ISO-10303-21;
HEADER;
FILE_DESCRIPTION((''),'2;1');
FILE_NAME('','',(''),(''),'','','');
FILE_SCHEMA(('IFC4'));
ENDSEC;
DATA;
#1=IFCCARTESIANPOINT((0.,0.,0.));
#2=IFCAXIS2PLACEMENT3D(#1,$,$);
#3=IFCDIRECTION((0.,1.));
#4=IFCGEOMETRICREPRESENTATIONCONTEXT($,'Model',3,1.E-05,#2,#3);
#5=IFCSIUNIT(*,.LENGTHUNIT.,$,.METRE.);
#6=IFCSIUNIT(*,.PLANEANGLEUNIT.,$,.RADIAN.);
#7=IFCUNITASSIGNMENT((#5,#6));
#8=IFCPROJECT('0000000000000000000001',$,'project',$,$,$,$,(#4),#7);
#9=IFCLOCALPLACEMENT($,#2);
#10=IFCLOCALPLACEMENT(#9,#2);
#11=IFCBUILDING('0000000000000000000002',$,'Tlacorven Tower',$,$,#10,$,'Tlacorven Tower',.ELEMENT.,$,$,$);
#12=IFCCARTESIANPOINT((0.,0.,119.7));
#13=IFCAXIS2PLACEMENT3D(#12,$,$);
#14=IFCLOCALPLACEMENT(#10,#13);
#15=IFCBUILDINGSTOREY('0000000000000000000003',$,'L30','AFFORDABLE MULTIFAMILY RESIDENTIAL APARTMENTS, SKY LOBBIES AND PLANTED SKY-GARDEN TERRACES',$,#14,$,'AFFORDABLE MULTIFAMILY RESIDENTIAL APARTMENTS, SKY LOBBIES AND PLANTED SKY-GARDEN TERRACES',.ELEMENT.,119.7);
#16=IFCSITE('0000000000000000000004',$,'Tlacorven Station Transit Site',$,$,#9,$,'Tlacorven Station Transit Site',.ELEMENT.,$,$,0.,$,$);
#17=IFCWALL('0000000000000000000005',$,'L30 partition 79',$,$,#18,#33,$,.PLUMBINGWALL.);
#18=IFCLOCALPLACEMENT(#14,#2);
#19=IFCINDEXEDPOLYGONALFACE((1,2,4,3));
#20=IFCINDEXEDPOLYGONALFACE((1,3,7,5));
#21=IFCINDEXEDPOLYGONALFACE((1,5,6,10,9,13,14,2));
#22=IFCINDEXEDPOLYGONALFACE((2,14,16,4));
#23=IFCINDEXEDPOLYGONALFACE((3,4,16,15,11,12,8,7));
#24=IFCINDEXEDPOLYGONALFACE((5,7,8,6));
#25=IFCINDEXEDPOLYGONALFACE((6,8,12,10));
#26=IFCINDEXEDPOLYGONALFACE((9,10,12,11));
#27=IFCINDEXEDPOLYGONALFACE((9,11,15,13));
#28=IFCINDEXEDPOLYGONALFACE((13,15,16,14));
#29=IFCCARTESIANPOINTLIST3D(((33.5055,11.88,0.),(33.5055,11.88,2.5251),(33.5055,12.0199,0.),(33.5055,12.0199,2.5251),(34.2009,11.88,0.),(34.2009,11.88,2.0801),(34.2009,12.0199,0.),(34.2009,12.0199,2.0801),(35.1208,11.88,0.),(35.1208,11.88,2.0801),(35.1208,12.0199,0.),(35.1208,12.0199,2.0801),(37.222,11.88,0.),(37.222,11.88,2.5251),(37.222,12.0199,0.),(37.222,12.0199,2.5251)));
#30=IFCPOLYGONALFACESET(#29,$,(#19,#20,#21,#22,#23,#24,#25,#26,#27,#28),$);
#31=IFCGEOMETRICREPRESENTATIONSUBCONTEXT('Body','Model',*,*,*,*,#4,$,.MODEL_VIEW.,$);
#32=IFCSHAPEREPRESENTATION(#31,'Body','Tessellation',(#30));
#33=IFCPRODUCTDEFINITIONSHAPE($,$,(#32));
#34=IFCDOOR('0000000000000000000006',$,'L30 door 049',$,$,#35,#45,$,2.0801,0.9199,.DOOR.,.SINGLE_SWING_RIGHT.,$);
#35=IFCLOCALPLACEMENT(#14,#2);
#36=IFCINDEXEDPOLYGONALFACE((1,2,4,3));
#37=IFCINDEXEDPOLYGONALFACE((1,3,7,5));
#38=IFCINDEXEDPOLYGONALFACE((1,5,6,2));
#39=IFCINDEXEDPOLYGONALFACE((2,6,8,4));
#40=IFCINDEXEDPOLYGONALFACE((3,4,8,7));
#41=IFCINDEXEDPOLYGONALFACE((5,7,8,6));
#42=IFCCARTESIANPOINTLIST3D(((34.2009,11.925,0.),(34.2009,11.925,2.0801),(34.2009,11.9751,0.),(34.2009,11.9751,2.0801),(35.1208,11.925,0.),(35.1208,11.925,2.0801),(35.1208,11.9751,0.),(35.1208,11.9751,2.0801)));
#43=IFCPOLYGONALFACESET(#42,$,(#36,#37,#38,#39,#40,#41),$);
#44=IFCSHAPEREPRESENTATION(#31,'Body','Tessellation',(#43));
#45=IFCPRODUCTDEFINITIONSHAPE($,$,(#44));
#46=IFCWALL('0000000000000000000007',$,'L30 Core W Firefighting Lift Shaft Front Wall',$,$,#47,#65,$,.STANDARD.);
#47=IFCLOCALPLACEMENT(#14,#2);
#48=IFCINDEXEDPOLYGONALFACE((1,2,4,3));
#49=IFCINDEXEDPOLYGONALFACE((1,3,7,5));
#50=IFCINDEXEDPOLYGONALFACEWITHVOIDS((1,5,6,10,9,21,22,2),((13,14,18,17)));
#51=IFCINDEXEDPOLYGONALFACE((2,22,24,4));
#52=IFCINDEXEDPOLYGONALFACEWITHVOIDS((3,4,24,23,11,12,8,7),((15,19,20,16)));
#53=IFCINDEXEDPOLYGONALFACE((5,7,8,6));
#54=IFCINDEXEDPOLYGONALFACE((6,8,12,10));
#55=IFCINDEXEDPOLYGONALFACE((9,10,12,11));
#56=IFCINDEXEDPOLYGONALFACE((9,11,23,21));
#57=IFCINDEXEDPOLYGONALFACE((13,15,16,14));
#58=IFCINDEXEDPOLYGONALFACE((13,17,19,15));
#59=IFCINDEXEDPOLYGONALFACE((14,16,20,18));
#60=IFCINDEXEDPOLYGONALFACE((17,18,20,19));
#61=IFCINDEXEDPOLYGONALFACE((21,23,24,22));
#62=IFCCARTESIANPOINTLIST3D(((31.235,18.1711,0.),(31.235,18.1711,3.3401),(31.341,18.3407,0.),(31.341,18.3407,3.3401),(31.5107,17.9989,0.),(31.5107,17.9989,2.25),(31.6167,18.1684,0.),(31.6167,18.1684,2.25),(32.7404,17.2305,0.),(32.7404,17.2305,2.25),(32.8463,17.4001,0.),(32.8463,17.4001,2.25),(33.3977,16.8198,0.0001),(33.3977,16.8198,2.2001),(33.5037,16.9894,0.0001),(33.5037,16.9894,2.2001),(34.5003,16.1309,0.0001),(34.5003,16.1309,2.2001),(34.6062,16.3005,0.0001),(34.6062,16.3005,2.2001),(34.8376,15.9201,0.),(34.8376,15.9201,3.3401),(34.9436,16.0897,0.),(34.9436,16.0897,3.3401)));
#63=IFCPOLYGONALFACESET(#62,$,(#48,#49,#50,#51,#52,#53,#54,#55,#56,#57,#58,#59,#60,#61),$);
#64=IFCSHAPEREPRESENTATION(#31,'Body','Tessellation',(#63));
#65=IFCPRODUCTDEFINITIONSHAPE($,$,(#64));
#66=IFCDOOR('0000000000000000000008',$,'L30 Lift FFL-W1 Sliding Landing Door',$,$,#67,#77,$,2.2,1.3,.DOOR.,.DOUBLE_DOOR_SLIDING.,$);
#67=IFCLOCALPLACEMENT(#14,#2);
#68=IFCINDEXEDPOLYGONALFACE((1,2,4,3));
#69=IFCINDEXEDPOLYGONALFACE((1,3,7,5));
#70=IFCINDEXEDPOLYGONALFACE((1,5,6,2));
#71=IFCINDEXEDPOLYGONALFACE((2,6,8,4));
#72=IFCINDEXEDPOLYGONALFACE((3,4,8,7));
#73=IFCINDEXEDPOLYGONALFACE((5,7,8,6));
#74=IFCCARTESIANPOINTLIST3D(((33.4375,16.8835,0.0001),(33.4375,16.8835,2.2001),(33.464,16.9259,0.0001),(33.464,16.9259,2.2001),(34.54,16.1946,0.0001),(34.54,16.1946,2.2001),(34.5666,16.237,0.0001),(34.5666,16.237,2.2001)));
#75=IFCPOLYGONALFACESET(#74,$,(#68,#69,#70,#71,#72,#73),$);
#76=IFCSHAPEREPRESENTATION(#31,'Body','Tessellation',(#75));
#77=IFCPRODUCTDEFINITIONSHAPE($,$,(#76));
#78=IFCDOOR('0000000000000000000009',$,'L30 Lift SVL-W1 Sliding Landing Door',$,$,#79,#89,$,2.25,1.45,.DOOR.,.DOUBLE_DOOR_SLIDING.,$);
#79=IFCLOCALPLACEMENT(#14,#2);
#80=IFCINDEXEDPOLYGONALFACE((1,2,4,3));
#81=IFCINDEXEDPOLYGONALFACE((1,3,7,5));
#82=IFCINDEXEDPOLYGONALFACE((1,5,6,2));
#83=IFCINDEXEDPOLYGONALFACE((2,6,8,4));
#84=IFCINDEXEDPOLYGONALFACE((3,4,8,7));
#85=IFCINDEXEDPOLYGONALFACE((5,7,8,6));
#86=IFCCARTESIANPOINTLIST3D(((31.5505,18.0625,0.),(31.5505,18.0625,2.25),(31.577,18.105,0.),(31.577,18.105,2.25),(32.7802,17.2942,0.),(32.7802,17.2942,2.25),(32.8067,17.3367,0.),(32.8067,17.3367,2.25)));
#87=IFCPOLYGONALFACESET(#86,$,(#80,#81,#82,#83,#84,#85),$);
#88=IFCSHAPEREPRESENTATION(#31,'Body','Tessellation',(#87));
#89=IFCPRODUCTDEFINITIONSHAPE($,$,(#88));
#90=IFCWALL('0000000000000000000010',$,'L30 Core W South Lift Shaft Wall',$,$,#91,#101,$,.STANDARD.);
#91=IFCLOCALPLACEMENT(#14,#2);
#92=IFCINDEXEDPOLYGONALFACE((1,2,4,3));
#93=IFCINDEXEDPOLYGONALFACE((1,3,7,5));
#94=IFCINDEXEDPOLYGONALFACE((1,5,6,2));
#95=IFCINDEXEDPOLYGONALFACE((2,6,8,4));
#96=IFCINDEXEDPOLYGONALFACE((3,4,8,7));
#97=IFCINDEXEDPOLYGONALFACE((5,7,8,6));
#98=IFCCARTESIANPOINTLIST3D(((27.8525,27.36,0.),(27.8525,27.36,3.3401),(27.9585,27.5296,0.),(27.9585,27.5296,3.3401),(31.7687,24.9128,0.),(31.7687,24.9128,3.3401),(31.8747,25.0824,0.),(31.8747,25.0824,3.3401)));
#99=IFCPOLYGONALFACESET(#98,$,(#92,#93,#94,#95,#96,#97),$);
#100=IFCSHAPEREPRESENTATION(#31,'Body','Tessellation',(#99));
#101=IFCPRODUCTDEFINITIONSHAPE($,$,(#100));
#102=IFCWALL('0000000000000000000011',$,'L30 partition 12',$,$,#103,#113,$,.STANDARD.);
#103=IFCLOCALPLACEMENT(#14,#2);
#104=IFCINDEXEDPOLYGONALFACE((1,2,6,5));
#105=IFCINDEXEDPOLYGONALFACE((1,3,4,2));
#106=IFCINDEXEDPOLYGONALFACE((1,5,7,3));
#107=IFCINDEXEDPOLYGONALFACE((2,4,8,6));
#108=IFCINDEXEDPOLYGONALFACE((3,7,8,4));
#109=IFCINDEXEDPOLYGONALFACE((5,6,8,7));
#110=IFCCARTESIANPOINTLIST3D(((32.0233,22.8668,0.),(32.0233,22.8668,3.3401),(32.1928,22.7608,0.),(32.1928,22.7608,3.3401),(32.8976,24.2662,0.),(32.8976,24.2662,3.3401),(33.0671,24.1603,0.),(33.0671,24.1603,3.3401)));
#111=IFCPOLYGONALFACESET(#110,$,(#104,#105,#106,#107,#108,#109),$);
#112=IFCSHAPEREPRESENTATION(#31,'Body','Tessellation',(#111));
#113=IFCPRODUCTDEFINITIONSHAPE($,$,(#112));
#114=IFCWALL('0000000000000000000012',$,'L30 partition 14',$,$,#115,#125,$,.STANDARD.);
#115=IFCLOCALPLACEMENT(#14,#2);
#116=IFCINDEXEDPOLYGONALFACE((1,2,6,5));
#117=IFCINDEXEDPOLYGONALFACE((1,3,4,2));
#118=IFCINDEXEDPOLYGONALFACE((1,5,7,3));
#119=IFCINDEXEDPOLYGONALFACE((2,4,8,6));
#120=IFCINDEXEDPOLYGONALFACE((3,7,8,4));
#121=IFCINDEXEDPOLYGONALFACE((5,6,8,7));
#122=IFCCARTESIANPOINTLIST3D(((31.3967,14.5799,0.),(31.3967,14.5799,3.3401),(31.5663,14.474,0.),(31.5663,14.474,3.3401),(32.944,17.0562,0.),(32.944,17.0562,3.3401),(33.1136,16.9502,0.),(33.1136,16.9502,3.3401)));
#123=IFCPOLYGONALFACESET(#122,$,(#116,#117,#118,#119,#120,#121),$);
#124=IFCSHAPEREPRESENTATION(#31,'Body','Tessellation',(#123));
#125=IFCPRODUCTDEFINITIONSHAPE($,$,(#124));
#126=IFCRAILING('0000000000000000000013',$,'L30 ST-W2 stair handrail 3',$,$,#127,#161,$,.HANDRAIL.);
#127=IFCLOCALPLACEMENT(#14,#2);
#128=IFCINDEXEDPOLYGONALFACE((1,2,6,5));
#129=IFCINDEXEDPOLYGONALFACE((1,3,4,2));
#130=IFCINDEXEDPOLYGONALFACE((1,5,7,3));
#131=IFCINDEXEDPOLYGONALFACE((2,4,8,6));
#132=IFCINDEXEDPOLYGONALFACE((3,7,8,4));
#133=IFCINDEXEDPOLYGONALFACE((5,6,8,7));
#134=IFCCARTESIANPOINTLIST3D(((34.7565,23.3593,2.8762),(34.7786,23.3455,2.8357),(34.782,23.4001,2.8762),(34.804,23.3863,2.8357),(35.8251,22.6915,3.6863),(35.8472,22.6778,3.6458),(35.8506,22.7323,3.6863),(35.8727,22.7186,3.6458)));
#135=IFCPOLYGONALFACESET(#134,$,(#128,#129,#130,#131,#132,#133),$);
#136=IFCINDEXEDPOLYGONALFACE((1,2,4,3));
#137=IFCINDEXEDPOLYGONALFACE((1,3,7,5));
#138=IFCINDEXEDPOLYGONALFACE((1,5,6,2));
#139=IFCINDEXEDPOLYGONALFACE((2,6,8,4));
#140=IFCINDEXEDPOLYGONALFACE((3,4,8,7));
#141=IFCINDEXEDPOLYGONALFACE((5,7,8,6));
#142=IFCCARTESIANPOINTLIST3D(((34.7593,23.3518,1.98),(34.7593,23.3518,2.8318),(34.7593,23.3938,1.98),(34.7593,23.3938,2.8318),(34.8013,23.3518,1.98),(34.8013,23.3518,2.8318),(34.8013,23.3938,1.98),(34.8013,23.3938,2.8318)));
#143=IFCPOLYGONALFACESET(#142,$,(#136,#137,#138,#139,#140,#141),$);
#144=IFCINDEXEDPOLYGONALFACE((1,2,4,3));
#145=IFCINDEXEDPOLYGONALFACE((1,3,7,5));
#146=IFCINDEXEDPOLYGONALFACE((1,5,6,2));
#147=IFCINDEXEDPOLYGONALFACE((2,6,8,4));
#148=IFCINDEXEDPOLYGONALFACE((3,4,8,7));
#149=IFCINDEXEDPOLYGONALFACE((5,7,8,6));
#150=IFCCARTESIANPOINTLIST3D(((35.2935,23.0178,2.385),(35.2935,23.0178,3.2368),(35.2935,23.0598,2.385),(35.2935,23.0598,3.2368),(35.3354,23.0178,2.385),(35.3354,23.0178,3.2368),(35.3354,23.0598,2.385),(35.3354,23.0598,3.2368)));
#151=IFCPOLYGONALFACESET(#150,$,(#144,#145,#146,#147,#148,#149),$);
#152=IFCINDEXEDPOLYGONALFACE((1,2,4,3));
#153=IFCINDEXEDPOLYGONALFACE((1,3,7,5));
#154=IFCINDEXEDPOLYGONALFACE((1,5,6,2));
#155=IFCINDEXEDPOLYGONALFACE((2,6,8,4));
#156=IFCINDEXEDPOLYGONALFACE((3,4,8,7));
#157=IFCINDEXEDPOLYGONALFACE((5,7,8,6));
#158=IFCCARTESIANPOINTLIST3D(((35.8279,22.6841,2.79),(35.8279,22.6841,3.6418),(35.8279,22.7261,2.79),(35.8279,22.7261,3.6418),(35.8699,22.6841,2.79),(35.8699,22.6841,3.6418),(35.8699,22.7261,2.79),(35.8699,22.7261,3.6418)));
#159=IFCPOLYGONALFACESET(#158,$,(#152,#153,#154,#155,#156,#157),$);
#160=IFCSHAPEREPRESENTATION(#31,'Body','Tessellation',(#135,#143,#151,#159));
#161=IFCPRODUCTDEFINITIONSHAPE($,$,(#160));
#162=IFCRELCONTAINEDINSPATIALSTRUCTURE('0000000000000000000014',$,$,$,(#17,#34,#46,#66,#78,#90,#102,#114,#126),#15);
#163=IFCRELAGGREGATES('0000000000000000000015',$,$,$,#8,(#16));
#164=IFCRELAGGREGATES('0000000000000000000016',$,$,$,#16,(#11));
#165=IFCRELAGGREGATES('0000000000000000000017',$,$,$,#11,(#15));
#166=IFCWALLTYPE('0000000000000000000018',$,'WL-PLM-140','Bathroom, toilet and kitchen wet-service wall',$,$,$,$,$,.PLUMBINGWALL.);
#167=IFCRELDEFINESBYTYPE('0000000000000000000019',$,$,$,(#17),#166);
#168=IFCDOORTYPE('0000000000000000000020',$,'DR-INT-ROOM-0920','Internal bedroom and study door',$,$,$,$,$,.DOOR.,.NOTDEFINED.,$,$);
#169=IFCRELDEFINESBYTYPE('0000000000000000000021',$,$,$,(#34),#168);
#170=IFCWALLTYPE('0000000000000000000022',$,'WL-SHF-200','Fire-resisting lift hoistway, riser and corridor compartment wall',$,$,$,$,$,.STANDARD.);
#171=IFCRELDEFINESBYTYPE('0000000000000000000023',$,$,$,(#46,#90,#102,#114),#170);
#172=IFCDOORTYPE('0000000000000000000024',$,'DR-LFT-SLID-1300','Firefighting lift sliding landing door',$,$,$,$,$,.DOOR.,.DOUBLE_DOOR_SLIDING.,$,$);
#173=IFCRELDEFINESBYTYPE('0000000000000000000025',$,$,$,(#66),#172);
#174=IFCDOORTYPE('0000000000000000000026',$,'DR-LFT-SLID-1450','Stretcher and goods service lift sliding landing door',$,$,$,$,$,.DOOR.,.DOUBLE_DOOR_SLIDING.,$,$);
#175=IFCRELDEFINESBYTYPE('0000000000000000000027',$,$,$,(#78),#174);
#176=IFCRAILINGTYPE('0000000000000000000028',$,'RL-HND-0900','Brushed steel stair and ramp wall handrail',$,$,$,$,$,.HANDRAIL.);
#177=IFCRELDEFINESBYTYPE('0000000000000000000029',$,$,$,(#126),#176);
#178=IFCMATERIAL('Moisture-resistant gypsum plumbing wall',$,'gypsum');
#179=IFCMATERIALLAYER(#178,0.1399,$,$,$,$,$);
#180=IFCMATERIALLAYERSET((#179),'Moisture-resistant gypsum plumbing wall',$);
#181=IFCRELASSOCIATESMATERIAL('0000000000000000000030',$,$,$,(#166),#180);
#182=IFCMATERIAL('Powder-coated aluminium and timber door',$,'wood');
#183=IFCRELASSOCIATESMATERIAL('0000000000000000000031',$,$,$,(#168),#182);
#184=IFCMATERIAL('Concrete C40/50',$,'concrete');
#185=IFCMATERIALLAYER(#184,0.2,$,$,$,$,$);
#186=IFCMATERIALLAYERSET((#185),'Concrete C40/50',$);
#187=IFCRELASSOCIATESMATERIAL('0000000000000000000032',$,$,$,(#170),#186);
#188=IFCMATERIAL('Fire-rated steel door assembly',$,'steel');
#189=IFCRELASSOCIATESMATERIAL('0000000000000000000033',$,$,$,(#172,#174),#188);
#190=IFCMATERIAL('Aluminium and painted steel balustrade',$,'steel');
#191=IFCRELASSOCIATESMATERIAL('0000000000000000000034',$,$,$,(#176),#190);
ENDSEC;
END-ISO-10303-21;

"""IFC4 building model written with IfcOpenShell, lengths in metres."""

from ifc_helpers import new_model, si_unit, direction, frame, frame_2d, origin, origin_2d, place, context, subcontext, project, spatial, rectangle, extrude, source, transform, mapped, material, layer, layer_set, type_object, element, fill, save


model = new_model("IFC4")

# Units and contexts
model_context = context("Model", 3, precision=1e-05, world=origin(), true_north=direction((0.0, 1.0)))
body_context = subcontext(model_context, "Body", "Model", "MODEL_VIEW")
ifc_project = project(units=[si_unit("LENGTHUNIT", "METRE"), si_unit("PLANEANGLEUNIT", "RADIAN")], contexts=[model_context])

# Site, building, storey
site_placement = place(None, origin())
site = spatial("IfcSite", under=ifc_project, at=site_placement, Name="Tlacorven Station Transit Site", LongName="Tlacorven Station Transit Site", CompositionType="ELEMENT", RefElevation=0.0)
building_placement = place(site_placement, origin())
building = spatial("IfcBuilding", under=site, at=building_placement, Name="Tlacorven Tower", LongName="Tlacorven Tower", CompositionType="ELEMENT")
storey_placement = place(building_placement, frame((0.0, 0.0, 119.7)))
storey = spatial("IfcBuildingStorey", under=building, at=storey_placement, Name="L30", Description="AFFORDABLE MULTIFAMILY RESIDENTIAL APARTMENTS, SKY LOBBIES AND PLANTED SKY-GARDEN TERRACES", LongName="AFFORDABLE MULTIFAMILY RESIDENTIAL APARTMENTS, SKY LOBBIES AND PLANTED SKY-GARDEN TERRACES", CompositionType="ELEMENT", Elevation=119.7)

# Shared definitions
ifc_material_1 = material(Name="Powder-coated aluminium and timber door", Category="wood")

# Wall, opening, door
ifc_material_2 = material(Name="Moisture-resistant gypsum plumbing wall", Category="gypsum")
ifc_layer_1 = layer(ifc_material_2, 0.1399)
ifc_layer_set_1 = layer_set([ifc_layer_1], Name="Moisture-resistant gypsum plumbing wall")
wall_type_1 = type_object("IfcWallType", Name="WL-PLM-140", Description="Bathroom, toilet and kitchen wet-service wall", PredefinedType="PLUMBINGWALL", material=ifc_layer_set_1)
wall_1_placement = place(storey_placement, frame((33.5054, 11.95, 0.0), z_axis=(0.0, 0.0, 1.0), x_axis=(1.0, 0.0, 0.0)))
wall_1 = element("IfcWall", 1, at=wall_1_placement, inside=storey, type_object=wall_type_1, Name="L30 partition 79", PredefinedType="PLUMBINGWALL", context=body_context, shape_type="SweptSolid", body=[
    extrude(rectangle(XDim=3.7166, YDim=0.1399, at=frame_2d((1.8584, 0.0))), origin(), (0.0, 0.0, 1.0), 2.5251),
])
opening_1_placement = place(wall_1_placement, frame((0.6956, 0.0, 0.0)))
opening_1 = element("IfcOpeningElement", 2, at=opening_1_placement, cuts=wall_1, PredefinedType="OPENING", context=body_context, shape_type="SweptSolid", body=[
    extrude(rectangle(XDim=0.9199, YDim=2.0801, at=frame_2d((0.46, 1.04))), frame((0.0, 0.0801, 0.0), z_axis=(0.0, -1.0, 0.0), x_axis=(1.0, 0.0, 0.0)), (0.0, 0.0, 1.0), 0.1599),
])
door_type_1 = type_object("IfcDoorType", Name="DR-INT-ROOM-0920", Description="Internal bedroom and study door", OperationType="NOTDEFINED", PredefinedType="DOOR", material=ifc_material_1)
shared_shape_1 = source(origin(), body_context, "Body", "SweptSolid", [
    extrude(rectangle(XDim=0.9199, YDim=2.0801, at=frame_2d((0.46, 1.04))), frame((0.0, 0.0249, 0.0), z_axis=(0.0, -1.0, 0.0), x_axis=(1.0, 0.0, 0.0)), (0.0, 0.0, 1.0), 0.05),
])
door_1_placement = place(opening_1_placement, frame((0.9199, 0.0, 0.0), z_axis=(0.0, 0.0, 1.0), x_axis=(-1.0, 0.0, 0.0)))
door_1 = element("IfcDoor", 3, at=door_1_placement, inside=storey, type_object=door_type_1, Name="L30 door 049", OperationType="SINGLE_SWING_RIGHT", OverallHeight=2.0801, OverallWidth=0.9199, PredefinedType="DOOR", context=body_context, shape_type="MappedRepresentation", body=[
    mapped(shared_shape_1, transform((0.0, 0.0, 0.0), scale=1.0)),
])
fill(opening_1, door_1)

# Wall, openings, doors
ifc_material_3 = material(Name="Concrete C40/50", Category="concrete")
ifc_layer_2 = layer(ifc_material_3, 0.2)
ifc_layer_set_2 = layer_set([ifc_layer_2], Name="Concrete C40/50")
wall_type_2 = type_object("IfcWallType", Name="WL-SHF-200", Description="Fire-resisting lift hoistway, riser and corridor compartment wall", PredefinedType="STANDARD", material=ifc_layer_set_2)
wall_2_placement = place(storey_placement, frame((34.8906, 16.0049, 0.0), z_axis=(0.0, 0.0, 1.0), x_axis=(-0.848063, 0.529896, 0.0)))
wall_2 = element("IfcWall", 4, at=wall_2_placement, inside=storey, type_object=wall_type_2, Name="L30 Core W Firefighting Lift Shaft Front Wall", PredefinedType="STANDARD", context=body_context, shape_type="SweptSolid", body=[
    extrude(rectangle(XDim=4.248, YDim=0.2, at=frame_2d((2.124, 0.0))), origin(), (0.0, 0.0, 1.0), 3.3401),
])
opening_2_placement = place(wall_2_placement, frame((0.3979, 0.0, 0.0)))
opening_2 = element("IfcOpeningElement", 5, at=opening_2_placement, cuts=wall_2, PredefinedType="OPENING", context=body_context, shape_type="SweptSolid", body=[
    extrude(rectangle(XDim=1.3, YDim=2.2, at=frame_2d((0.6499, 1.1001))), frame((0.0, 0.1099, 0.0), z_axis=(0.0, -1.0, 0.0), x_axis=(1.0, 0.0, 0.0)), (0.0, 0.0, 1.0), 0.22),
])
opening_3_placement = place(wall_2_placement, frame((2.4729, 0.0, 0.0)))
opening_3 = element("IfcOpeningElement", 6, at=opening_3_placement, cuts=wall_2, PredefinedType="OPENING", context=body_context, shape_type="SweptSolid", body=[
    extrude(rectangle(XDim=1.45, YDim=2.25, at=frame_2d((0.7251, 1.125))), frame((0.0, 0.1099, 0.0), z_axis=(0.0, -1.0, 0.0), x_axis=(1.0, 0.0, 0.0)), (0.0, 0.0, 1.0), 0.22),
])
ifc_material_4 = material(Name="Fire-rated steel door assembly", Category="steel")
door_type_2 = type_object("IfcDoorType", Name="DR-LFT-SLID-1300", Description="Firefighting lift sliding landing door", OperationType="DOUBLE_DOOR_SLIDING", PredefinedType="DOOR", material=ifc_material_4)
shared_shape_2 = source(origin(), body_context, "Body", "SweptSolid", [
    extrude(rectangle(XDim=1.3, YDim=2.2, at=frame_2d((0.6499, 1.1001))), frame((0.0, 0.0249, 0.0), z_axis=(0.0, -1.0, 0.0), x_axis=(1.0, 0.0, 0.0)), (0.0, 0.0, 1.0), 0.05),
])
door_2_placement = place(opening_2_placement, origin())
door_2 = element("IfcDoor", 7, at=door_2_placement, inside=storey, type_object=door_type_2, Name="L30 Lift FFL-W1 Sliding Landing Door", OperationType="DOUBLE_DOOR_SLIDING", OverallHeight=2.2, OverallWidth=1.3, PredefinedType="DOOR", context=body_context, shape_type="MappedRepresentation", body=[
    mapped(shared_shape_2, transform((0.0, 0.0, 0.0), scale=1.0)),
])
fill(opening_2, door_2)
door_type_3 = type_object("IfcDoorType", Name="DR-LFT-SLID-1450", Description="Stretcher and goods service lift sliding landing door", OperationType="DOUBLE_DOOR_SLIDING", PredefinedType="DOOR", material=ifc_material_4)
shared_shape_3 = source(origin(), body_context, "Body", "SweptSolid", [
    extrude(rectangle(XDim=1.45, YDim=2.25, at=frame_2d((0.7251, 1.125))), frame((0.0, 0.0249, 0.0), z_axis=(0.0, -1.0, 0.0), x_axis=(1.0, 0.0, 0.0)), (0.0, 0.0, 1.0), 0.05),
])
door_3_placement = place(opening_3_placement, origin())
door_3 = element("IfcDoor", 8, at=door_3_placement, inside=storey, type_object=door_type_3, Name="L30 Lift SVL-W1 Sliding Landing Door", OperationType="DOUBLE_DOOR_SLIDING", OverallHeight=2.25, OverallWidth=1.45, PredefinedType="DOOR", context=body_context, shape_type="MappedRepresentation", body=[
    mapped(shared_shape_3, transform((0.0, 0.0, 0.0), scale=1.0)),
])
fill(opening_3, door_3)

# Wall
wall_3_placement = place(storey_placement, frame((31.8218, 24.9976, 0.0), z_axis=(0.0, 0.0, 1.0), x_axis=(-0.848037, 0.529937, 0.0)))
element("IfcWall", 9, at=wall_3_placement, inside=storey, type_object=wall_type_2, Name="L30 Core W South Lift Shaft Wall", PredefinedType="STANDARD", context=body_context, shape_type="SweptSolid", body=[
    extrude(rectangle(XDim=4.6179, YDim=0.2, at=frame_2d((2.3091, 0.0))), origin(), (0.0, 0.0, 1.0), 3.3401),
])

# Walls
wall_4_placement = place(storey_placement, frame((32.9824, 24.2134, 0.0), z_axis=(0.0, 0.0, 1.0), x_axis=(-0.529839, -0.848098, 0.0)))
element("IfcWall", 10, at=wall_4_placement, inside=storey, type_object=wall_type_2, Name="L30 partition 12", PredefinedType="STANDARD", context=body_context, shape_type="SweptSolid", body=[
    extrude(rectangle(XDim=1.6501, YDim=0.2, at=frame_2d((0.8252, 0.0))), origin(), (0.0, 0.0, 1.0), 3.3401),
])
wall_5_placement = place(storey_placement, frame((33.0288, 17.0032, 0.0), z_axis=(0.0, 0.0, 1.0), x_axis=(-0.529916, -0.84805, 0.0)))
element("IfcWall", 11, at=wall_5_placement, inside=storey, type_object=wall_type_2, Name="L30 partition 14", PredefinedType="STANDARD", context=body_context, shape_type="SweptSolid", body=[
    extrude(rectangle(XDim=2.9199, YDim=0.2, at=frame_2d((1.46, 0.0))), origin(), (0.0, 0.0, 1.0), 3.3401),
])

# Railing
ifc_material_5 = material(Name="Aluminium and painted steel balustrade", Category="steel")
railing_type = type_object("IfcRailingType", Name="RL-HND-0900", Description="Brushed steel stair and ramp wall handrail", PredefinedType="HANDRAIL", material=ifc_material_5)
shared_shape_4 = source(origin(), body_context, "Body", "SweptSolid", [
    extrude(rectangle(XDim=0.0481, YDim=0.0481, at=origin_2d()), frame((0.0, 0.0, 0.876), z_axis=(0.71336, -0.445748, 0.540765), x_axis=(0.529912, 0.848053, 0.0)), (0.0, 0.0, 1.0), 1.498),
    extrude(rectangle(XDim=0.042, YDim=0.042, at=origin_2d()), origin(), (0.0, 0.0, 1.0), 0.8518),
    extrude(rectangle(XDim=0.042, YDim=0.042, at=origin_2d()), frame((0.5342, -0.334, 0.405)), (0.0, 0.0, 1.0), 0.8518),
    extrude(rectangle(XDim=0.042, YDim=0.042, at=origin_2d()), frame((1.0686, -0.6677, 0.8101)), (0.0, 0.0, 1.0), 0.8518),
])
railing_placement = place(storey_placement, frame((34.7803, 23.3728, 1.98)))
element("IfcRailing", 12, at=railing_placement, inside=storey, type_object=railing_type, Name="L30 ST-W2 stair handrail 3", PredefinedType="HANDRAIL", context=body_context, shape_type="MappedRepresentation", body=[
    mapped(shared_shape_4, transform((0.0, 0.0, 0.0), scale=1.0)),
])

save(model, "model.ifc")
